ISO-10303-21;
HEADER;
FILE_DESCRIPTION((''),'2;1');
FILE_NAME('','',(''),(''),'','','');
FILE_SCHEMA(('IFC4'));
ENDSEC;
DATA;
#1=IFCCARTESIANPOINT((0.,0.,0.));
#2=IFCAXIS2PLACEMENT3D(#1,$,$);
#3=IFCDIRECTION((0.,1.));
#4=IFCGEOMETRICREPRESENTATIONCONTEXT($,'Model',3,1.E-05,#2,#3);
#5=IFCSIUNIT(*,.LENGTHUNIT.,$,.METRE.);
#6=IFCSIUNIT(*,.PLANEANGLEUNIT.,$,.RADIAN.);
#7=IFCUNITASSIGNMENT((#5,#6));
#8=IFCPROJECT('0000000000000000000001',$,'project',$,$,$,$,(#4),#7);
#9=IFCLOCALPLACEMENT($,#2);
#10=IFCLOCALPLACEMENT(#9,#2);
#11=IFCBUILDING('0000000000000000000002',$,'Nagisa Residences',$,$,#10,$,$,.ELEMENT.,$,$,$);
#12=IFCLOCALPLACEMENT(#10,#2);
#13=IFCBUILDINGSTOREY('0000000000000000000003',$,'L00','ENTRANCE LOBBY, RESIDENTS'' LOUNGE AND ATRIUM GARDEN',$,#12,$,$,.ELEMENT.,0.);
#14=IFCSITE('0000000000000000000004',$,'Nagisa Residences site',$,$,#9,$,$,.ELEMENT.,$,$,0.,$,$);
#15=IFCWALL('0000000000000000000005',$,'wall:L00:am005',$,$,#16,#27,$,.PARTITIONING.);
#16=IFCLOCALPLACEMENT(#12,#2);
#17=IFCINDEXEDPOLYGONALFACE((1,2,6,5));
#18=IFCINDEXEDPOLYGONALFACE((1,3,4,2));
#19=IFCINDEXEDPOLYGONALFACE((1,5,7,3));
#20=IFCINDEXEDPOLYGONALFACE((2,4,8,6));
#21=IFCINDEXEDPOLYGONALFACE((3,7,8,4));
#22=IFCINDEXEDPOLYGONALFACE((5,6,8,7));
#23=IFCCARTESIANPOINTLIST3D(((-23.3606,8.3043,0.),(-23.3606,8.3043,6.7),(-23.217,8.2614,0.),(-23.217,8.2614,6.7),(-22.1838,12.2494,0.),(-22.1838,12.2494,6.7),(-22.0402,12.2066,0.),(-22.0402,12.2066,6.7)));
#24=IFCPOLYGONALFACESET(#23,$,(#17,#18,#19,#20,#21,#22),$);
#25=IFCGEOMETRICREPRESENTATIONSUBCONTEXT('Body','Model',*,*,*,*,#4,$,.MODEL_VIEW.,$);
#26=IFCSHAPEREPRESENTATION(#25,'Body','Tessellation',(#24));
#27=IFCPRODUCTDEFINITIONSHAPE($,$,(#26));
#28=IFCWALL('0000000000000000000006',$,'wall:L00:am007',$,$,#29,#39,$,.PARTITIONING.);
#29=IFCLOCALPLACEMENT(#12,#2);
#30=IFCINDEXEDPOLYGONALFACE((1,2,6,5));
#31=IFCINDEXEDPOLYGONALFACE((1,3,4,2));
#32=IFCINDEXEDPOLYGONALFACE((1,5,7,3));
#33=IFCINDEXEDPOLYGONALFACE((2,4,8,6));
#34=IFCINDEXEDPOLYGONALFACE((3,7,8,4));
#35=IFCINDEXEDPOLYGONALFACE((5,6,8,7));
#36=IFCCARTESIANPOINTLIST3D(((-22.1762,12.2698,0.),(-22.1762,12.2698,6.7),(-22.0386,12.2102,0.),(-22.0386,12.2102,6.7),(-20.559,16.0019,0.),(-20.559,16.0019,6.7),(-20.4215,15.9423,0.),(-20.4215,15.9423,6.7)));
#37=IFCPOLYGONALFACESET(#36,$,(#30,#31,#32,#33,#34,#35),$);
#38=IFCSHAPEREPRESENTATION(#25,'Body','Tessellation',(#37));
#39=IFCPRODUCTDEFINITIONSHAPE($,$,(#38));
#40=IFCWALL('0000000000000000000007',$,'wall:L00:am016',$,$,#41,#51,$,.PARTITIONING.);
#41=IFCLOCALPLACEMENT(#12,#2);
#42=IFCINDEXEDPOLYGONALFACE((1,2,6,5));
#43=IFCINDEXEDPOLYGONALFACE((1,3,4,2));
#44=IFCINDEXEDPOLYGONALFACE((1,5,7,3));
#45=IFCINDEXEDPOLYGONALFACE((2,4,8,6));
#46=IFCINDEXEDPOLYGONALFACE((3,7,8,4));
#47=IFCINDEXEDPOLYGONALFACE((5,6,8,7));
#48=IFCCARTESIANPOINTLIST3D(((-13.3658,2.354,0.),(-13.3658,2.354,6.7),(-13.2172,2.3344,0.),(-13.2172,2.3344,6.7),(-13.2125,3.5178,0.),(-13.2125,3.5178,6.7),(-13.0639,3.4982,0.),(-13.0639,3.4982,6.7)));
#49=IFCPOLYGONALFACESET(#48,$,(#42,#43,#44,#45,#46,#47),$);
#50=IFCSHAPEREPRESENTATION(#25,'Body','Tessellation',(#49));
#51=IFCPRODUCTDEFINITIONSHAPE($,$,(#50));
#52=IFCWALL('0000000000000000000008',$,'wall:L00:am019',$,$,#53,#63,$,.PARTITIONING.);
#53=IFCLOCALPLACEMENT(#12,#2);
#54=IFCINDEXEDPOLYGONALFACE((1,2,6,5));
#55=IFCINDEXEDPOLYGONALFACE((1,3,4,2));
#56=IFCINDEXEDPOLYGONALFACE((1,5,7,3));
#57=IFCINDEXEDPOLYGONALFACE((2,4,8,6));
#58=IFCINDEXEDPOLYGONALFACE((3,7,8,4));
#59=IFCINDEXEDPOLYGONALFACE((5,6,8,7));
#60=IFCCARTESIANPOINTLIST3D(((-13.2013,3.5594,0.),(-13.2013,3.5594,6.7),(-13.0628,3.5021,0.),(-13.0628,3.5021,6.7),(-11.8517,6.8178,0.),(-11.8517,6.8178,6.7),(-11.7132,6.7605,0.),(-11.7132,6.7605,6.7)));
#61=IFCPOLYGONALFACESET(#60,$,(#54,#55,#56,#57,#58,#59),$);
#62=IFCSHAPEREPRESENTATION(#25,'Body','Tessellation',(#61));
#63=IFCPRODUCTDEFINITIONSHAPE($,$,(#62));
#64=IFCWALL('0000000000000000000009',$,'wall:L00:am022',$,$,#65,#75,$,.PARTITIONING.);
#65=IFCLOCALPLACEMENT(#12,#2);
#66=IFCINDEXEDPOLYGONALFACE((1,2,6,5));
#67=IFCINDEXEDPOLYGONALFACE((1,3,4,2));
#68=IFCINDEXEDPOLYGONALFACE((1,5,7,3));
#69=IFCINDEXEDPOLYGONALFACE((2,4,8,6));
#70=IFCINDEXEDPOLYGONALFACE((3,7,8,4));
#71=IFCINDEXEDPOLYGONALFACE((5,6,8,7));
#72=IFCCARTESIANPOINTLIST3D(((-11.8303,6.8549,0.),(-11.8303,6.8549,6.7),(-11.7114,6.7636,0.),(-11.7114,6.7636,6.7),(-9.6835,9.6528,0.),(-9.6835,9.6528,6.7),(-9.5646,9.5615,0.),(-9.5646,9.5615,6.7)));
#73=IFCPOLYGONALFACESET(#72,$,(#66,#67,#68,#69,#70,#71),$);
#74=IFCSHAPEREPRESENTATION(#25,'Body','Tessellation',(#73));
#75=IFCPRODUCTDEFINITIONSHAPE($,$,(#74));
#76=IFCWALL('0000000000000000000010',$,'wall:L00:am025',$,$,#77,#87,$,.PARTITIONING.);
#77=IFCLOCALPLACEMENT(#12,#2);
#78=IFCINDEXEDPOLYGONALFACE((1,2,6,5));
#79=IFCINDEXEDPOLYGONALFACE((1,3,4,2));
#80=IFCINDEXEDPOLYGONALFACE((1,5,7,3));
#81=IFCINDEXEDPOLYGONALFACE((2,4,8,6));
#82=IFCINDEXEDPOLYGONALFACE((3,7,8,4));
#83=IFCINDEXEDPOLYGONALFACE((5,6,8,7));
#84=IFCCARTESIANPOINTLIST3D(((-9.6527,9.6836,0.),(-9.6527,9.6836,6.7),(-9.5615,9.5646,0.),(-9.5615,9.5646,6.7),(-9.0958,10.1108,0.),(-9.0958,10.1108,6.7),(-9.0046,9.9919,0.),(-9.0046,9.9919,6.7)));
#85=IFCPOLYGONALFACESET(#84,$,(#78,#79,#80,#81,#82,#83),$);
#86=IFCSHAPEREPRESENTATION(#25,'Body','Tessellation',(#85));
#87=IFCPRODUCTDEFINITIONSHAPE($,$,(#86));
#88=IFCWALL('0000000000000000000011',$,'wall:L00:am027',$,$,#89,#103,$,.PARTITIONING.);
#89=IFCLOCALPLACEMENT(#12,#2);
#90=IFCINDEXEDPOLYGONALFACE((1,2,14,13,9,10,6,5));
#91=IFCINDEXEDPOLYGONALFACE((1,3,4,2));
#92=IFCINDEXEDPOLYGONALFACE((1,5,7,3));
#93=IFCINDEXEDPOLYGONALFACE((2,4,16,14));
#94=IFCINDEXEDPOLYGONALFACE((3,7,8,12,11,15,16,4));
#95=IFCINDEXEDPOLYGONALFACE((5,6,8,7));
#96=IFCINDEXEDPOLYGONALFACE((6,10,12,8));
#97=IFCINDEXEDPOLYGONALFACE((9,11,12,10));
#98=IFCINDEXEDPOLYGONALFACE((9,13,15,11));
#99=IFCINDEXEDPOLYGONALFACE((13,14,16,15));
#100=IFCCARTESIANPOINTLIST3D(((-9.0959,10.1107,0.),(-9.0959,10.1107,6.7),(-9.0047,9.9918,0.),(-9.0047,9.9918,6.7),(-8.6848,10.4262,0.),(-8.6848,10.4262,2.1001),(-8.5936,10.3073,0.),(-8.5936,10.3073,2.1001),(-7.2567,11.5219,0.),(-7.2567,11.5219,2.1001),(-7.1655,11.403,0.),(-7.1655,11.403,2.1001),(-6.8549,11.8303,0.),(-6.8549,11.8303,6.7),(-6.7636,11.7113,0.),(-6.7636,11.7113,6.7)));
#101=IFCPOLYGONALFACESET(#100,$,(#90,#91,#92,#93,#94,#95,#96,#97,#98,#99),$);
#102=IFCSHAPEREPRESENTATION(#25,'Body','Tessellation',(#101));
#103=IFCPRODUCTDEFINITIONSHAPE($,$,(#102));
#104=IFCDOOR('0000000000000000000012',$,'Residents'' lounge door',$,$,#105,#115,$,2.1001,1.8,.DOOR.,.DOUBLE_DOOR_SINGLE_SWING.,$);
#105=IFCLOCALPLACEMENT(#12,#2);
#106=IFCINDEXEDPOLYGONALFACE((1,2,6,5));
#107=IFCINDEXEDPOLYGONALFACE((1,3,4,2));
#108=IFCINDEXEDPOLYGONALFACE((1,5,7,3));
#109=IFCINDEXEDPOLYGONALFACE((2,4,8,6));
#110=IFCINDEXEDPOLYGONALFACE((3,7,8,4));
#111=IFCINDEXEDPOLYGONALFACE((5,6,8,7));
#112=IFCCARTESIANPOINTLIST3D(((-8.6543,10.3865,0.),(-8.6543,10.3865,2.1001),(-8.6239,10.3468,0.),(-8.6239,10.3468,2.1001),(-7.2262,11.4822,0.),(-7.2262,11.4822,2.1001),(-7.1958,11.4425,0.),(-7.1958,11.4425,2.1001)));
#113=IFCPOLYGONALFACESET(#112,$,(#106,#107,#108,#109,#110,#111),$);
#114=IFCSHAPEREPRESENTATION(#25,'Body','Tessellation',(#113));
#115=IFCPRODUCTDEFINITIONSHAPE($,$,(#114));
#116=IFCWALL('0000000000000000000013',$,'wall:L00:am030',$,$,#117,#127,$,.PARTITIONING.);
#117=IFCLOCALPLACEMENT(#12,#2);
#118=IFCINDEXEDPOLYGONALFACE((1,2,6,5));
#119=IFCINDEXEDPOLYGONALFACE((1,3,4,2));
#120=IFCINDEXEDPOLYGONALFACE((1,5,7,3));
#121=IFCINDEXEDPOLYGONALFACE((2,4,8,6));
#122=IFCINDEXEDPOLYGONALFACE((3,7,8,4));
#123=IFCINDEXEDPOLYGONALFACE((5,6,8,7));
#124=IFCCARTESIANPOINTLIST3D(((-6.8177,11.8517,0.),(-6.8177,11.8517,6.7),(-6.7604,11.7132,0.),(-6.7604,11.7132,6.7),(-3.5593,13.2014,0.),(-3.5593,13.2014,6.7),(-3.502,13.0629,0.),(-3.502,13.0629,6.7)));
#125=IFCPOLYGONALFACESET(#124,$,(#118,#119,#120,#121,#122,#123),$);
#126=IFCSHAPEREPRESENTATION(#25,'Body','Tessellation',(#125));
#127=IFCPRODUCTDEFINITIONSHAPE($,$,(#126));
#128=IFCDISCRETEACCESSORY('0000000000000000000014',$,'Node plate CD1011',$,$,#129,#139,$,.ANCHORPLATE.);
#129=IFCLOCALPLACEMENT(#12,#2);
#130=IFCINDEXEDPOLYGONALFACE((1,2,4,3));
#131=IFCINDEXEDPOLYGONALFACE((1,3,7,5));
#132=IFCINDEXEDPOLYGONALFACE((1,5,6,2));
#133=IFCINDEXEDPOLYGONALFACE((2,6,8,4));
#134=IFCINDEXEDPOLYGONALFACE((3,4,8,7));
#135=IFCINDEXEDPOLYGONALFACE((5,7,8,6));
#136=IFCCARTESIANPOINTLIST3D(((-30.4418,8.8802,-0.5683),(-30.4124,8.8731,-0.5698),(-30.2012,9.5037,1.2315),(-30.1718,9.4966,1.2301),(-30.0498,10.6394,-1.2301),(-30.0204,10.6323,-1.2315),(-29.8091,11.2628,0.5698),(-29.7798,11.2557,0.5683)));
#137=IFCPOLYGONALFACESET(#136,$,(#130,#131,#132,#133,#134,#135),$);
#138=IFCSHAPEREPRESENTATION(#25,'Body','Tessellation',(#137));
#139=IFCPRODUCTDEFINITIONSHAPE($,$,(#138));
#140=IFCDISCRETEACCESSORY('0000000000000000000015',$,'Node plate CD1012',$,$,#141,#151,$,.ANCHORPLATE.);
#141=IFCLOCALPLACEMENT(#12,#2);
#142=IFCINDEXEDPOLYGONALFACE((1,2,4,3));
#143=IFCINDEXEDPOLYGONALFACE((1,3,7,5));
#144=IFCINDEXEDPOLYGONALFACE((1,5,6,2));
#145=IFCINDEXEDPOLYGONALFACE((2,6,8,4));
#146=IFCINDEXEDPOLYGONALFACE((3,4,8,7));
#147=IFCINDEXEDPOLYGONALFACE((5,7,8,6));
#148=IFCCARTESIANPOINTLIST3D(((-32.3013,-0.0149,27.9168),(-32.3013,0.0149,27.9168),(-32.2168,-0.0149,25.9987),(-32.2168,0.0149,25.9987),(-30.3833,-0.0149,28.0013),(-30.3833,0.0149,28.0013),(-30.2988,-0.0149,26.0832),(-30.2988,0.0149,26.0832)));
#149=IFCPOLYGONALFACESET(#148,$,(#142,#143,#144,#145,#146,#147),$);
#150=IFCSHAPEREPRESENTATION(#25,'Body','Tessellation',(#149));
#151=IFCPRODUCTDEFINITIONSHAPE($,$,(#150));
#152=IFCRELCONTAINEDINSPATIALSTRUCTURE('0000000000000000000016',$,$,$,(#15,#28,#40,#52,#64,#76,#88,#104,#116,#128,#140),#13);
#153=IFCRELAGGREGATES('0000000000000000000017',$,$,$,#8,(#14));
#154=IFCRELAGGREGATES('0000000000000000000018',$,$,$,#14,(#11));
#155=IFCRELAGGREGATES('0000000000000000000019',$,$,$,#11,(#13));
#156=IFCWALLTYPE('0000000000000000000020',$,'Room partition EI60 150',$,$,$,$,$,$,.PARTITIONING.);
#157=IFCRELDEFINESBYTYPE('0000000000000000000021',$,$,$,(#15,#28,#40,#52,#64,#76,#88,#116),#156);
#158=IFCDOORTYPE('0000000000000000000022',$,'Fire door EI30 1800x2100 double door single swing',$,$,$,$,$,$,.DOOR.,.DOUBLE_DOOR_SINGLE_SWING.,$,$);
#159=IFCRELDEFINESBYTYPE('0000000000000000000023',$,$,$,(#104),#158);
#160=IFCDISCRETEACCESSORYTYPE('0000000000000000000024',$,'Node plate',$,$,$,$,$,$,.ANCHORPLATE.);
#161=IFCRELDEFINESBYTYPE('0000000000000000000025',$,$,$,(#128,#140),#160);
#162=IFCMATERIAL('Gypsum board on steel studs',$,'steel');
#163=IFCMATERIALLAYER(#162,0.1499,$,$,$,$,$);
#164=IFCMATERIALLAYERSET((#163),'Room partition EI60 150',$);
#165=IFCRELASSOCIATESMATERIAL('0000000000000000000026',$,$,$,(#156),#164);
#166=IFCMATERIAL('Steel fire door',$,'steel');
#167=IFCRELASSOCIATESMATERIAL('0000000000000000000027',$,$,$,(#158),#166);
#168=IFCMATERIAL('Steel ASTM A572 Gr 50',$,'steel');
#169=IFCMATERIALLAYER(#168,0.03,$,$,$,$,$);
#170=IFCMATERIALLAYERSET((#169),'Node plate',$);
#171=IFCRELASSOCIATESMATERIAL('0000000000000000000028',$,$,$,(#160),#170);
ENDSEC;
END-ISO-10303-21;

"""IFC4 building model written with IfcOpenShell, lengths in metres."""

from ifc_helpers import new_model, si_unit, direction, frame, frame_2d, origin, origin_2d, place, context, subcontext, project, spatial, rectangle, extrude, material, layer, layer_set, type_object, element, fill, save


model = new_model("IFC4")

# Units and contexts
model_context = context("Model", 3, precision=1e-05, world=origin(), true_north=direction((0.0, 1.0)))
body_context = subcontext(model_context, "Body", "Model", "MODEL_VIEW")
ifc_project = project(units=[si_unit("LENGTHUNIT", "METRE"), si_unit("PLANEANGLEUNIT", "RADIAN")], contexts=[model_context])

# Site, building, storey
site_placement = place(None, origin())
site = spatial("IfcSite", under=ifc_project, at=site_placement, Name="Nagisa Residences site", CompositionType="ELEMENT", RefElevation=0.0)
building_placement = place(site_placement, origin())
building = spatial("IfcBuilding", under=site, at=building_placement, Name="Nagisa Residences", CompositionType="ELEMENT")
storey_placement = place(building_placement, origin())
storey = spatial("IfcBuildingStorey", under=building, at=storey_placement, Name="L00", Description="ENTRANCE LOBBY, RESIDENTS' LOUNGE AND ATRIUM GARDEN", CompositionType="ELEMENT", Elevation=0.0)

# Walls
ifc_material_1 = material(Name="Gypsum board on steel studs", Category="steel")
ifc_layer_1 = layer(ifc_material_1, 0.1499)
ifc_layer_set_1 = layer_set([ifc_layer_1], Name="Room partition EI60 150")
wall_type_1 = type_object("IfcWallType", Name="Room partition EI60 150", PredefinedType="PARTITIONING", material=ifc_layer_set_1)
wall_1_placement = place(storey_placement, frame((-23.2888, 8.2827, 0.0), z_axis=(0.0, 0.0, 1.0), x_axis=(0.28584, 0.958277, 0.0)))
element("IfcWall", 1, at=wall_1_placement, inside=storey, type_object=wall_type_1, Name="wall:L00:am005", PredefinedType="PARTITIONING", context=body_context, shape_type="SweptSolid", body=[
    extrude(rectangle(XDim=4.1169, YDim=0.1499, at=frame_2d((2.0586, 0.0))), origin(), (0.0, 0.0, 1.0), 6.7),
])
wall_2_placement = place(storey_placement, frame((-22.1074, 12.24, 0.0), z_axis=(0.0, 0.0, 1.0), x_axis=(0.397589, 0.917564, 0.0)))
element("IfcWall", 2, at=wall_2_placement, inside=storey, type_object=wall_type_1, Name="wall:L00:am007", PredefinedType="PARTITIONING", context=body_context, shape_type="SweptSolid", body=[
    extrude(rectangle(XDim=4.0674, YDim=0.1499, at=frame_2d((2.0337, 0.0))), origin(), (0.0, 0.0, 1.0), 6.7),
])
wall_3_placement = place(storey_placement, frame((-13.2915, 2.3442, 0.0), z_axis=(0.0, 0.0, 1.0), x_axis=(0.130611, 0.991434, 0.0)))
element("IfcWall", 3, at=wall_3_placement, inside=storey, type_object=wall_type_1, Name="wall:L00:am016", PredefinedType="PARTITIONING", context=body_context, shape_type="SweptSolid", body=[
    extrude(rectangle(XDim=1.1738, YDim=0.1499, at=frame_2d((0.5869, 0.0))), origin(), (0.0, 0.0, 1.0), 6.7),
])
wall_4_placement = place(storey_placement, frame((-13.1321, 3.5308, 0.0), z_axis=(0.0, 0.0, 1.0), x_axis=(0.382678, 0.923882, 0.0)))
element("IfcWall", 4, at=wall_4_placement, inside=storey, type_object=wall_type_1, Name="wall:L00:am019", PredefinedType="PARTITIONING", context=body_context, shape_type="SweptSolid", body=[
    extrude(rectangle(XDim=3.5269, YDim=0.1499, at=frame_2d((1.7634, 0.0))), origin(), (0.0, 0.0, 1.0), 6.7),
])
wall_5_placement = place(storey_placement, frame((-11.7708, 6.8093, 0.0), z_axis=(0.0, 0.0, 1.0), x_axis=(0.608737, 0.793372, 0.0)))
element("IfcWall", 5, at=wall_5_placement, inside=storey, type_object=wall_type_1, Name="wall:L00:am022", PredefinedType="PARTITIONING", context=body_context, shape_type="SweptSolid", body=[
    extrude(rectangle(XDim=3.5266, YDim=0.1499, at=frame_2d((1.7632, 0.0))), origin(), (0.0, 0.0, 1.0), 6.7),
])
wall_6_placement = place(storey_placement, frame((-9.6072, 9.624, 0.0), z_axis=(0.0, 0.0, 1.0), x_axis=(0.793399, 0.608702, 0.0)))
element("IfcWall", 6, at=wall_6_placement, inside=storey, type_object=wall_type_1, Name="wall:L00:am025", PredefinedType="PARTITIONING", context=body_context, shape_type="SweptSolid", body=[
    extrude(rectangle(XDim=0.7019, YDim=0.1499, at=frame_2d((0.3511, 0.0))), origin(), (0.0, 0.0, 1.0), 6.7),
])

# Wall, opening, door
wall_7_placement = place(storey_placement, frame((-9.0503, 10.0513, 0.0), z_axis=(0.0, 0.0, 1.0), x_axis=(0.793366, 0.608745, 0.0)))
wall_7 = element("IfcWall", 7, at=wall_7_placement, inside=storey, type_object=wall_type_1, Name="wall:L00:am027", PredefinedType="PARTITIONING", context=body_context, shape_type="SweptSolid", body=[
    extrude(rectangle(XDim=2.8247, YDim=0.1499, at=frame_2d((1.4124, 0.0))), origin(), (0.0, 0.0, 1.0), 6.7),
])
opening_1_placement = place(wall_7_placement, frame((0.5183, 0.0, 0.0)))
opening_1 = element("IfcOpeningElement", 8, at=opening_1_placement, cuts=wall_7, PredefinedType="OPENING", context=body_context, shape_type="SweptSolid", body=[
    extrude(rectangle(XDim=1.8, YDim=2.1001, at=frame_2d((0.8999, 1.05))), frame((0.0, 0.085, 0.0), z_axis=(0.0, -1.0, 0.0), x_axis=(1.0, 0.0, 0.0)), (0.0, 0.0, 1.0), 0.1699),
])
ifc_material_2 = material(Name="Steel fire door", Category="steel")
door_type_1 = type_object("IfcDoorType", Name="Fire door EI30 1800x2100 double door single swing", OperationType="DOUBLE_DOOR_SINGLE_SWING", PredefinedType="DOOR", material=ifc_material_2)
door_1_placement = place(opening_1_placement, origin())
door_1 = element("IfcDoor", 9, at=door_1_placement, inside=storey, type_object=door_type_1, Name="Residents' lounge door", OperationType="DOUBLE_DOOR_SINGLE_SWING", OverallHeight=2.1001, OverallWidth=1.8, PredefinedType="DOOR", context=body_context, shape_type="SweptSolid", body=[
    extrude(rectangle(XDim=1.8, YDim=2.1001, at=frame_2d((0.8999, 1.05))), frame((0.0, 0.0249, 0.0), z_axis=(0.0, -1.0, 0.0), x_axis=(1.0, 0.0, 0.0)), (0.0, 0.0, 1.0), 0.05),
])
fill(opening_1, door_1)

# Wall
wall_8_placement = place(storey_placement, frame((-6.7891, 11.7825, 0.0), z_axis=(0.0, 0.0, 1.0), x_axis=(0.923882, 0.382678, 0.0)))
element("IfcWall", 10, at=wall_8_placement, inside=storey, type_object=wall_type_1, Name="wall:L00:am030", PredefinedType="PARTITIONING", context=body_context, shape_type="SweptSolid", body=[
    extrude(rectangle(XDim=3.5269, YDim=0.1499, at=frame_2d((1.7634, 0.0))), origin(), (0.0, 0.0, 1.0), 6.7),
])

# Discrete accessories
ifc_material_3 = material(Name="Steel ASTM A572 Gr 50", Category="steel")
ifc_layer_2 = layer(ifc_material_3, 0.03)
ifc_layer_set_2 = layer_set([ifc_layer_2], Name="Node plate")
discrete_accessory_type = type_object("IfcDiscreteAccessoryType", Name="Node plate", PredefinedType="ANCHORPLATE", material=ifc_layer_set_2)
discrete_accessory_1_placement = place(storey_placement, frame((-30.1255, 10.0715, 0.0007), z_axis=(0.970873, -0.234628, -0.048544), x_axis=(0.12535, 0.32473, 0.937463)))
element("IfcDiscreteAccessory", 11, at=discrete_accessory_1_placement, inside=storey, type_object=discrete_accessory_type, Name="Node plate CD1011", PredefinedType="ANCHORPLATE", context=body_context, shape_type="SweptSolid", body=[
    extrude(rectangle(XDim=1.9199, YDim=1.9199, at=origin_2d()), origin(), (0.0, 0.0, 1.0), 0.0303),
])
discrete_accessory_2_placement = place(storey_placement, frame((-31.3, 0.0149, 27.0), z_axis=(0.0, -1.0, 0.0), x_axis=(0.044001, 0.0, -0.999031)))
element("IfcDiscreteAccessory", 12, at=discrete_accessory_2_placement, inside=storey, type_object=discrete_accessory_type, Name="Node plate CD1012", PredefinedType="ANCHORPLATE", context=body_context, shape_type="SweptSolid", body=[
    extrude(rectangle(XDim=1.9199, YDim=1.9199, at=origin_2d()), origin(), (0.0, 0.0, 1.0), 0.0298),
])

save(model, "model.ifc")
